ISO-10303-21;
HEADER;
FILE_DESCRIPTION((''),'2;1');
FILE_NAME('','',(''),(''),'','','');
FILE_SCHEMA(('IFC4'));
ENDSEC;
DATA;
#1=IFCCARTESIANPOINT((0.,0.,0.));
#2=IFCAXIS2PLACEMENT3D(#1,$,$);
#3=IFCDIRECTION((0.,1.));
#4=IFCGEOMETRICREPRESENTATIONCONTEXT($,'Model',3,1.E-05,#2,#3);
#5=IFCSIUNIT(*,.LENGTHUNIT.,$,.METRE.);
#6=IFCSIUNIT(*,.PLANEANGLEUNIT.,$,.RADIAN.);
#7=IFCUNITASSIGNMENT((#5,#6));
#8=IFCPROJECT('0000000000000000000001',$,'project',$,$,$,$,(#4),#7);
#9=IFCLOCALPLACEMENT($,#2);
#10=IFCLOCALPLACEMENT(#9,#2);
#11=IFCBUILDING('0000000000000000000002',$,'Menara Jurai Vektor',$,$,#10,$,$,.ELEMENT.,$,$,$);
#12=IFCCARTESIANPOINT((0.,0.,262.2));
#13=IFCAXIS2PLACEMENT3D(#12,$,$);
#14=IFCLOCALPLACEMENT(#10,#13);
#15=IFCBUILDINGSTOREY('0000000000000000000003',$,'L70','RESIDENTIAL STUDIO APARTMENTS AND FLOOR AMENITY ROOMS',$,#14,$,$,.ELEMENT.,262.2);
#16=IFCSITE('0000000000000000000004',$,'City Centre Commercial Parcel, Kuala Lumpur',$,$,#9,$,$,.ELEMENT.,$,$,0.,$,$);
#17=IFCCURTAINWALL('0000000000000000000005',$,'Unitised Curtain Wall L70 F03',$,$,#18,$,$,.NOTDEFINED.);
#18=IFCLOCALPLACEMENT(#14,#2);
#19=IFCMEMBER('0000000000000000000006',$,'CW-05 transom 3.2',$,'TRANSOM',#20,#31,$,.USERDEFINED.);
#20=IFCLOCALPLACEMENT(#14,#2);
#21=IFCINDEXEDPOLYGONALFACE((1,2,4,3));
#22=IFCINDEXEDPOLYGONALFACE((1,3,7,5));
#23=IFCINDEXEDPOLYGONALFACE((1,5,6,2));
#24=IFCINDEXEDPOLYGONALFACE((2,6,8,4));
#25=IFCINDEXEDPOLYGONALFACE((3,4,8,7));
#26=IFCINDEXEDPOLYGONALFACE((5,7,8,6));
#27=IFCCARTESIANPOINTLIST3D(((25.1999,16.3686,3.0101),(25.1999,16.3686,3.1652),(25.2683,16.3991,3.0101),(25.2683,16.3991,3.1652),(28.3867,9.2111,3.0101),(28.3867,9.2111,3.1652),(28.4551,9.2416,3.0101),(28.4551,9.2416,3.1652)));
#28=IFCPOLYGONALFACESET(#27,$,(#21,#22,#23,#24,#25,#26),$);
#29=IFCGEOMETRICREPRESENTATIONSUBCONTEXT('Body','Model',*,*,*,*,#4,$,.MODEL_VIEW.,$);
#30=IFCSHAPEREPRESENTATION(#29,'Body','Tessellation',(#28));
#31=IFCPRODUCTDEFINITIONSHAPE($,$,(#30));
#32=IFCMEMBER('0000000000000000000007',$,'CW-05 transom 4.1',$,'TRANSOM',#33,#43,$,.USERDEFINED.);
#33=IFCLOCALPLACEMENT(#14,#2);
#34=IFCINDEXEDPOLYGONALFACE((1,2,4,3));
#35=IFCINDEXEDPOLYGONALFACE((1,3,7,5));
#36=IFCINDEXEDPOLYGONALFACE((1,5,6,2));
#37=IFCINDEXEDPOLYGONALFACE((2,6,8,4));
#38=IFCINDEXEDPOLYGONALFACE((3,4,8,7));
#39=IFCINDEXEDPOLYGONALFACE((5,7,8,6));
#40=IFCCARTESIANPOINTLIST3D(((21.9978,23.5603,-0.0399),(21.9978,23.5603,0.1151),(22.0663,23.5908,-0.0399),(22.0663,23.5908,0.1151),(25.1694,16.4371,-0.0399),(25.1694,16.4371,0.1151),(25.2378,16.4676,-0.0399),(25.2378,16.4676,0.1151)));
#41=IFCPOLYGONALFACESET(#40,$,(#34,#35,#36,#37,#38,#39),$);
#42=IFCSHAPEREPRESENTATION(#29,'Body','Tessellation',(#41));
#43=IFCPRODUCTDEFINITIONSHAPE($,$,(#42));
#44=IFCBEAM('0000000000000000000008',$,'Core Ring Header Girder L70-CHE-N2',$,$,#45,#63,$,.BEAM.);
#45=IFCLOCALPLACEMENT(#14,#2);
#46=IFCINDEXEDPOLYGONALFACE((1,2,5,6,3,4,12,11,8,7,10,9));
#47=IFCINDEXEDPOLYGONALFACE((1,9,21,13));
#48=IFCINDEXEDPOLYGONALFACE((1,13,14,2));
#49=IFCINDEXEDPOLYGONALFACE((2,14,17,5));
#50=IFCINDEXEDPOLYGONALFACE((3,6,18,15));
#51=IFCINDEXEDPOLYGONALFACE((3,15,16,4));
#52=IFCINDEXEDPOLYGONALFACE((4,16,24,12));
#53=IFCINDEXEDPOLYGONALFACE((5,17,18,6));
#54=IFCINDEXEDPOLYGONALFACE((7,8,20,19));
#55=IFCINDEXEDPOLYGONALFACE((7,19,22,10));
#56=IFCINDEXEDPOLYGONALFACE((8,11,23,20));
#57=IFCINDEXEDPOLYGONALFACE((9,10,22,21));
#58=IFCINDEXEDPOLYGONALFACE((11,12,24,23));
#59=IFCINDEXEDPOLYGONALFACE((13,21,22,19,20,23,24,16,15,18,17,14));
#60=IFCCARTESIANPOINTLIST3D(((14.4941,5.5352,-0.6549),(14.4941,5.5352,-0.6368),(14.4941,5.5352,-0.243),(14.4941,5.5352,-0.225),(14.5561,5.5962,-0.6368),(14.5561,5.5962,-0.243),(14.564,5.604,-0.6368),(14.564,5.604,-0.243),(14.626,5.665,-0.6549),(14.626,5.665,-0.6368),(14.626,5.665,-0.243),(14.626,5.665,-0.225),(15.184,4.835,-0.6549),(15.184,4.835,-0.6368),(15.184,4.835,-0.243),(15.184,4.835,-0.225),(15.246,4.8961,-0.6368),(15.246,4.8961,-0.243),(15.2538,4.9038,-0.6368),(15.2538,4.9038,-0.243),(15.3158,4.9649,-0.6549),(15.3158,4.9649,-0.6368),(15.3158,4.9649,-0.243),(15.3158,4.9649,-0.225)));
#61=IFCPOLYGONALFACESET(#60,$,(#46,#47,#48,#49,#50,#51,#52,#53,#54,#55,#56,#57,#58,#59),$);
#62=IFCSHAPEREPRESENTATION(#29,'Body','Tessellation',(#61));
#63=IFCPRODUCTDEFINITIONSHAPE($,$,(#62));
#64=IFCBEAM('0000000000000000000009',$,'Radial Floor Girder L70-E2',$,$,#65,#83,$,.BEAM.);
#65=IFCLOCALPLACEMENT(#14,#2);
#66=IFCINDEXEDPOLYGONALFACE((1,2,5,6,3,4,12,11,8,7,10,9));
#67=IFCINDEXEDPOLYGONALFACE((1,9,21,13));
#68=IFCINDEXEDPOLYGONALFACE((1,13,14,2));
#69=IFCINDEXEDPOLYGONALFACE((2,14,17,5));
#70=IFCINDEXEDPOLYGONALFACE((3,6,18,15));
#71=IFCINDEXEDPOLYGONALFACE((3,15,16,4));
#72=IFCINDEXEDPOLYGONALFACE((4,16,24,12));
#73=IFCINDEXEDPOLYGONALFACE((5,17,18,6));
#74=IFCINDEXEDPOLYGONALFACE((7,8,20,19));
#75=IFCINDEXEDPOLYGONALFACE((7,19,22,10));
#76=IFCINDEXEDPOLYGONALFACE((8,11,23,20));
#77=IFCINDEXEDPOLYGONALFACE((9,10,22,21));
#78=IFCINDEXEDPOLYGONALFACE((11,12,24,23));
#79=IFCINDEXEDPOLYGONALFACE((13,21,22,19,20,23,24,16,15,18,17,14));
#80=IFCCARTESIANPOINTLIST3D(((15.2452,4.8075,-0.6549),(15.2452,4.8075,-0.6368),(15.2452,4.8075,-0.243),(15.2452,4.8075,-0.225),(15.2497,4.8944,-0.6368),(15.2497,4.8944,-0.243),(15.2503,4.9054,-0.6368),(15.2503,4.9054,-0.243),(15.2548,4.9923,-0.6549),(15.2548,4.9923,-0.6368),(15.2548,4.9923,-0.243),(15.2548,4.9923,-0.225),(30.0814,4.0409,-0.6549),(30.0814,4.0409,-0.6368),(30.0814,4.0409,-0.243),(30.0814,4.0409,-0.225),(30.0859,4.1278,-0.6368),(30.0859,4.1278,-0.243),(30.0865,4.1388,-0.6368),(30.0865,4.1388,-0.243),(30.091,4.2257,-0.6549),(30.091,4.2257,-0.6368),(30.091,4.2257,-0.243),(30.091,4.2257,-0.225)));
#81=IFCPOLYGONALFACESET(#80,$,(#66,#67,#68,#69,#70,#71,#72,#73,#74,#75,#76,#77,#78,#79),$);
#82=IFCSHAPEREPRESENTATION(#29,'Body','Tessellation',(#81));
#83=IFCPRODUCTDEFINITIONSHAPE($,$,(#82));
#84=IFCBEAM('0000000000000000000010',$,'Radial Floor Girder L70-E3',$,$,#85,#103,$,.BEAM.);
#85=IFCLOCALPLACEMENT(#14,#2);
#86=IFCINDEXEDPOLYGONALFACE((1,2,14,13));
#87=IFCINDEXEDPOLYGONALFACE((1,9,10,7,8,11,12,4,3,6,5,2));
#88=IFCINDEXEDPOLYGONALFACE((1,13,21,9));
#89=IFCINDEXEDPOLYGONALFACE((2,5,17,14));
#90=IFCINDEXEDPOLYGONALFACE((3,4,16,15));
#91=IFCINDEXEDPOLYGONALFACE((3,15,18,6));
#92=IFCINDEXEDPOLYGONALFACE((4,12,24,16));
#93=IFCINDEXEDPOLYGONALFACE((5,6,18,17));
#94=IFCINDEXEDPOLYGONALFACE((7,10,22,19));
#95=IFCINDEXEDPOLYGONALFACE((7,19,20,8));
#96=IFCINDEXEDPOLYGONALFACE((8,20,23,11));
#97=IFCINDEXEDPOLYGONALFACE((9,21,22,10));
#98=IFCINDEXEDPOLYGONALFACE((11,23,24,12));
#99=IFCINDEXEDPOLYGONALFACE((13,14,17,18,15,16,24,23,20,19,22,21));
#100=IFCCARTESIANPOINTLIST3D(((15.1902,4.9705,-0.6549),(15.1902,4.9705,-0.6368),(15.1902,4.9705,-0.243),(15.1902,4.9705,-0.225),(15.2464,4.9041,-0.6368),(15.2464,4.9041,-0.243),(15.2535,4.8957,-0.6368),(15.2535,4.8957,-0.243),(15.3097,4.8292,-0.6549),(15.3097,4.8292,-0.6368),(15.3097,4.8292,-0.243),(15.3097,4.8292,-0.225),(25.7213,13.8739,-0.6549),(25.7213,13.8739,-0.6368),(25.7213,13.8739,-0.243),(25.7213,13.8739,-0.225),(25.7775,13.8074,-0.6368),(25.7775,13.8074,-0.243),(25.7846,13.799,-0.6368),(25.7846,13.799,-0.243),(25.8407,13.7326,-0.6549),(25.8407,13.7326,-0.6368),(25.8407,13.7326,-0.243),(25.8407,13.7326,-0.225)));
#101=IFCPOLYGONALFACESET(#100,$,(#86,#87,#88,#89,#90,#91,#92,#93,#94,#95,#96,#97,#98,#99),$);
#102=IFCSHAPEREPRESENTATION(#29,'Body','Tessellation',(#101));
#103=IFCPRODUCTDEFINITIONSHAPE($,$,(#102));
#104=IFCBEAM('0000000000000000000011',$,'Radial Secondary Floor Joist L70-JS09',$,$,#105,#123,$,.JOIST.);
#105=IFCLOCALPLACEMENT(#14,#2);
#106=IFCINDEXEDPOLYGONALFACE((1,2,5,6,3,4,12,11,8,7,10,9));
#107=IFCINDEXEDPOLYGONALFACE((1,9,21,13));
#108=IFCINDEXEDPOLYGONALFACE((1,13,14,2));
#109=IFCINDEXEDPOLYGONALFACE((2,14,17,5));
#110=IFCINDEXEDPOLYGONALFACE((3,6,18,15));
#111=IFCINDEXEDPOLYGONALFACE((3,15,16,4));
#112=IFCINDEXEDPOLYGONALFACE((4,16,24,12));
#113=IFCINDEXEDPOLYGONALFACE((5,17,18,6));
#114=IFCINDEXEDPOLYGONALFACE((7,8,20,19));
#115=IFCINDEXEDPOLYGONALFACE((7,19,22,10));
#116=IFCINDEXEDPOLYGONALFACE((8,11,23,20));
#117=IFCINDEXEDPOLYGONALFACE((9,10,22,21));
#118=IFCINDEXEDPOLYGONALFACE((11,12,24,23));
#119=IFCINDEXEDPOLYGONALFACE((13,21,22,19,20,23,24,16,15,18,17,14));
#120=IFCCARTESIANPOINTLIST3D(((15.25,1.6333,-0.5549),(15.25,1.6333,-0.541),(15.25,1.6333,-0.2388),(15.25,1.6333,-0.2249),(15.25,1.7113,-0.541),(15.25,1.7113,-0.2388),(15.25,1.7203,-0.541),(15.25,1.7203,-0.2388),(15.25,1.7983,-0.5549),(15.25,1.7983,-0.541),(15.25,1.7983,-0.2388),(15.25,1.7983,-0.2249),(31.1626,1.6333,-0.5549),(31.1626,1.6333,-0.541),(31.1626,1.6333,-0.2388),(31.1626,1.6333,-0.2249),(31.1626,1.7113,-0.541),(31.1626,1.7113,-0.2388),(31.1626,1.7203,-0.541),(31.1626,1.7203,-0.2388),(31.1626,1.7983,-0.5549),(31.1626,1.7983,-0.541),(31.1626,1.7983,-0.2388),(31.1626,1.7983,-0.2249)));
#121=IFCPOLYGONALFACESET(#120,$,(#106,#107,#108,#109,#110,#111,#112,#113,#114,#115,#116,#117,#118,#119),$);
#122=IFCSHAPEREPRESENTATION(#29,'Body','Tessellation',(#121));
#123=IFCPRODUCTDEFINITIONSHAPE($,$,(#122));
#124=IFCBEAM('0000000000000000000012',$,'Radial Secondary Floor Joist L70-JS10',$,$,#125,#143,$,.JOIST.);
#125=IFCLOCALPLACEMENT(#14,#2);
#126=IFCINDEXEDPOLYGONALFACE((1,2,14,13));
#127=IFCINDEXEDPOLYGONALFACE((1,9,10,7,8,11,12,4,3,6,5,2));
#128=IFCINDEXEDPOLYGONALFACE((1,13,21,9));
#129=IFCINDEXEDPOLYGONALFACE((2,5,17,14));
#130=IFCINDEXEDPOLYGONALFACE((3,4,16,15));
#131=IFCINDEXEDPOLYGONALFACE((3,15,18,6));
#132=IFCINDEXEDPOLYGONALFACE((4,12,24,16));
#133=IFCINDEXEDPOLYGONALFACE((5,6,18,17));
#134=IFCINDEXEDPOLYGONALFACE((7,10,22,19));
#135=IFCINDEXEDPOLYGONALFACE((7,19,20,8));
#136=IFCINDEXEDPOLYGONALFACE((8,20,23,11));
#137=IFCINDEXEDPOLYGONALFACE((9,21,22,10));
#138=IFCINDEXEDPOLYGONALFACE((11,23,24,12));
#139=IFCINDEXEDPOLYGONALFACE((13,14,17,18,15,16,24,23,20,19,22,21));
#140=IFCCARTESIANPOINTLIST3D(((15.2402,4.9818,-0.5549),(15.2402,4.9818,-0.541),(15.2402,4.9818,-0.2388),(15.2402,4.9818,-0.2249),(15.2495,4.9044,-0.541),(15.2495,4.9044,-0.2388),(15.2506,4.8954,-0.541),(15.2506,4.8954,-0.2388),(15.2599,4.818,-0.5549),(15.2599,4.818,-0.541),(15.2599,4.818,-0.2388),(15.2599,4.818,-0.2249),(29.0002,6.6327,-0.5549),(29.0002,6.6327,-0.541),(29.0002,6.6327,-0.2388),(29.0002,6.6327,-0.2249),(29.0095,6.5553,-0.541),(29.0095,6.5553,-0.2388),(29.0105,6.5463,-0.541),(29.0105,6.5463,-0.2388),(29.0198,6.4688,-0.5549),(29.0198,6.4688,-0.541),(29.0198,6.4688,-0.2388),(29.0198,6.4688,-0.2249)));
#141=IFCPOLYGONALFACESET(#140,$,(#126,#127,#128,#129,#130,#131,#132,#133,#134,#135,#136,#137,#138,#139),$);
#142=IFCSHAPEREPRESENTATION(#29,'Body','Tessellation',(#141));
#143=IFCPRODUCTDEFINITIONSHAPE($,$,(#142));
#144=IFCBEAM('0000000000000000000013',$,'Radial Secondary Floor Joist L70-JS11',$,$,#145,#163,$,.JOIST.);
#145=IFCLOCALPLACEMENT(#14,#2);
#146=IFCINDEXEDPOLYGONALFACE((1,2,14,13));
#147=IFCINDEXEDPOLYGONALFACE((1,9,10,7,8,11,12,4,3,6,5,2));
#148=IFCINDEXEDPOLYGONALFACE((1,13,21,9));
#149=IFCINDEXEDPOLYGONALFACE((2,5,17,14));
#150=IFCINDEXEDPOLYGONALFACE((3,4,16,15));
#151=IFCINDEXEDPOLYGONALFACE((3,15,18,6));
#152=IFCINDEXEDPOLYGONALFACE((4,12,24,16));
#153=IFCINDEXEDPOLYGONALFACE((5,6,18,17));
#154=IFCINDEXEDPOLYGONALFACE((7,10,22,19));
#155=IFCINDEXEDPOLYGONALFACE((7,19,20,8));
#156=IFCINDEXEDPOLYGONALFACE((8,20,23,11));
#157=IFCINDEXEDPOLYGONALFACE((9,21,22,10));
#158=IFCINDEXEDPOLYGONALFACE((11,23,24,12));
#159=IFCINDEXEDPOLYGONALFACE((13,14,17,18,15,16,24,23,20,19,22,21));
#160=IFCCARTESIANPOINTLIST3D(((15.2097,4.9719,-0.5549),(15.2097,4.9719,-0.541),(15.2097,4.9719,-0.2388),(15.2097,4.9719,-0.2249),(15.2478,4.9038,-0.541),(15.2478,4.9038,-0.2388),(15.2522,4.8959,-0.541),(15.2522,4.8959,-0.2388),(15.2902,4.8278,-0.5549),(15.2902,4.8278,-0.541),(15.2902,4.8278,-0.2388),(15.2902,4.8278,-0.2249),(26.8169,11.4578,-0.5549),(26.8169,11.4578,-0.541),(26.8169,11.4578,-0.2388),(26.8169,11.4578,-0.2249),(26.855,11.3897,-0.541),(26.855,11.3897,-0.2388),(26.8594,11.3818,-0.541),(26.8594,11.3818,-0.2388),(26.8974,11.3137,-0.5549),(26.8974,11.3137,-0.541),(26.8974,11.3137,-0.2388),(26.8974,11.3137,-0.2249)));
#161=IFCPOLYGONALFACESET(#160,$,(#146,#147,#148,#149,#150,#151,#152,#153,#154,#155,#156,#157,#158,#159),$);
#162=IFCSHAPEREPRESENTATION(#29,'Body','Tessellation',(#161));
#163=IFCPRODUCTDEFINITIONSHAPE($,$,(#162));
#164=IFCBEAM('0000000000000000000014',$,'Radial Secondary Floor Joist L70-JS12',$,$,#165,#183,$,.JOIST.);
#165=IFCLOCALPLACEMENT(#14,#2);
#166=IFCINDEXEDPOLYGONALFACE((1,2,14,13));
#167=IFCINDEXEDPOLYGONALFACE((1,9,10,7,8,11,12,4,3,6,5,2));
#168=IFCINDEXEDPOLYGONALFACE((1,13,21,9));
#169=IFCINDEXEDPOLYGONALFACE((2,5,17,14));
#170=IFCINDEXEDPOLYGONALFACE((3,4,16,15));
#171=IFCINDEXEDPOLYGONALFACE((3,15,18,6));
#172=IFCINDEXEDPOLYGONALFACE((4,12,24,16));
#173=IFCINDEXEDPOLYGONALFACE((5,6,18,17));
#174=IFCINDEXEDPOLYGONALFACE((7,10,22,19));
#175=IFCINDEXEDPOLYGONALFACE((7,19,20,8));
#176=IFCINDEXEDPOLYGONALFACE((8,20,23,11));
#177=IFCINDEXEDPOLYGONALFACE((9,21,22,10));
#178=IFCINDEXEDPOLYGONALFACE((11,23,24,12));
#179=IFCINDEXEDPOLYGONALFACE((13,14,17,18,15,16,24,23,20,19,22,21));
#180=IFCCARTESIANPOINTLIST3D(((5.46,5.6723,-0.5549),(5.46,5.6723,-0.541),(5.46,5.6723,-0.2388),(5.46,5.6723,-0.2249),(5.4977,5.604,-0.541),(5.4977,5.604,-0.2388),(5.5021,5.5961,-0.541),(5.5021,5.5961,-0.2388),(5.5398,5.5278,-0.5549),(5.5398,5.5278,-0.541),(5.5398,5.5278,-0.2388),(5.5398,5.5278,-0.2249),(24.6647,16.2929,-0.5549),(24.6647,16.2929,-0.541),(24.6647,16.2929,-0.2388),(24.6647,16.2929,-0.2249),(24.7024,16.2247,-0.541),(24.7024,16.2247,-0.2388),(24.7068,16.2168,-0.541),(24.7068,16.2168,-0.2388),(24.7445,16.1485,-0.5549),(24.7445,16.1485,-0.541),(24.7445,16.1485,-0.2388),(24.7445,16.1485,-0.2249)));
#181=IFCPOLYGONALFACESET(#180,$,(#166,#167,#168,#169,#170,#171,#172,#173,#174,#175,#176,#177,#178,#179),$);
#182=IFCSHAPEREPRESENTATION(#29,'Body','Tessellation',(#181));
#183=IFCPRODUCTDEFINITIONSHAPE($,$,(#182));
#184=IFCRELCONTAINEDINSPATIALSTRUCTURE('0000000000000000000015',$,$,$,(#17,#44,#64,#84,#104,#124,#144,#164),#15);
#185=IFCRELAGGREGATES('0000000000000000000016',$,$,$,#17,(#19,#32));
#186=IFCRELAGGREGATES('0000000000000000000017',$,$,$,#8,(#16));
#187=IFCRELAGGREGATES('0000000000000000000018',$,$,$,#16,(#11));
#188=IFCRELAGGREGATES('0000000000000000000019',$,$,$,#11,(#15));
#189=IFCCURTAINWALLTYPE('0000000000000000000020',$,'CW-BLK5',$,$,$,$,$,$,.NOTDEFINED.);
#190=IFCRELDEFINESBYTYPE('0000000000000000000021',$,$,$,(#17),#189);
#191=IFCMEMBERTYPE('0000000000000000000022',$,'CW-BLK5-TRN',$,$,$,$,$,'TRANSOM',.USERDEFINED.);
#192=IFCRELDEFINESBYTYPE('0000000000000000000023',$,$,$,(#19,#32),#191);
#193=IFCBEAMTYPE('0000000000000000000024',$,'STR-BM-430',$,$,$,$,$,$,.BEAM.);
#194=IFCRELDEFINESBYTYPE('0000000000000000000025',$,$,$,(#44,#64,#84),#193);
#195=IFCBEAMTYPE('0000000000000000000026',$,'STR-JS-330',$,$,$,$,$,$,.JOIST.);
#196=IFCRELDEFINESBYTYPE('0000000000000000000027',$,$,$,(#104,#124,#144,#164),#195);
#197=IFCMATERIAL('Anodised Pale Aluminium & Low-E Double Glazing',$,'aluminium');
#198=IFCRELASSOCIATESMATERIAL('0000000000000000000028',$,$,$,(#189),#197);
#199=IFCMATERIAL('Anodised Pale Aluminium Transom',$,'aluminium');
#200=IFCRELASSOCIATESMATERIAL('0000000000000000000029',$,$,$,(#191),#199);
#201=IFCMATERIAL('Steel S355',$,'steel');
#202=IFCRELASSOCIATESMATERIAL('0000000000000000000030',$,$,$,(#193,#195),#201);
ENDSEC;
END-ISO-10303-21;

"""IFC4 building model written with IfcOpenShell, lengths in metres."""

from ifc_helpers import new_model, si_unit, direction, frame, origin, origin_2d, place, context, subcontext, project, spatial, rectangle, i_section, extrude, material, material_profile, profile_set, type_object, element, aggregate, save


model = new_model("IFC4")

# Units and contexts
model_context = context("Model", 3, precision=1e-05, world=origin(), true_north=direction((0.0, 1.0)))
body_context = subcontext(model_context, "Body", "Model", "MODEL_VIEW")
ifc_project = project(units=[si_unit("LENGTHUNIT", "METRE"), si_unit("PLANEANGLEUNIT", "RADIAN")], contexts=[model_context])

# Site, building, storey
site_placement = place(None, origin())
site = spatial("IfcSite", under=ifc_project, at=site_placement, Name="City Centre Commercial Parcel, Kuala Lumpur", CompositionType="ELEMENT", RefElevation=0.0)
building_placement = place(site_placement, origin())
building = spatial("IfcBuilding", under=site, at=building_placement, Name="Menara Jurai Vektor", CompositionType="ELEMENT")
storey_placement = place(building_placement, frame((0.0, 0.0, 262.2)))
storey = spatial("IfcBuildingStorey", under=building, at=storey_placement, Name="L70", Description="RESIDENTIAL STUDIO APARTMENTS AND FLOOR AMENITY ROOMS", CompositionType="ELEMENT", Elevation=262.2)

# Curtain wall, members
ifc_material_1 = material(Name="Anodised Pale Aluminium & Low-E Double Glazing", Category="aluminium")
curtain_wall_type = type_object("IfcCurtainWallType", Name="CW-BLK5", PredefinedType="NOTDEFINED", material=ifc_material_1)
curtain_wall_placement = place(storey_placement, origin())
curtain_wall = element("IfcCurtainWall", 1, at=curtain_wall_placement, inside=storey, type_object=curtain_wall_type, Name="Unitised Curtain Wall L70 F03", PredefinedType="NOTDEFINED")
ifc_material_2 = material(Name="Anodised Pale Aluminium Transom", Category="aluminium")
ifc_material_profile_1 = material_profile(ifc_material_2, rectangle(XDim=0.075, YDim=0.155, at=origin_2d()), Name="ALU TRN 75x155")
ifc_profile_set_1 = profile_set([ifc_material_profile_1], Name="Anodised Pale Aluminium Transom")
member_type_1 = type_object("IfcMemberType", Name="CW-BLK5-TRN", ElementType="TRANSOM", PredefinedType="USERDEFINED", material=ifc_profile_set_1)
member_1_placement = place(storey_placement, frame((28.4209, 9.2263, 3.0876), z_axis=(-0.406743, 0.913543, 0.0), x_axis=(-0.913543, -0.406743, 0.0)))
member_1 = element("IfcMember", 2, at=member_1_placement, type_object=member_type_1, Name="CW-05 transom 3.2", ObjectType="TRANSOM", PredefinedType="USERDEFINED", context=body_context, shape_type="SweptSolid", body=[
    extrude(rectangle(XDim=0.075, YDim=0.155, at=origin_2d()), origin(), (0.0, 0.0, 1.0), 7.835),
])
member_2_placement = place(storey_placement, frame((25.2036, 16.4524, 0.0376), z_axis=(-0.406751, 0.913539, 0.0), x_axis=(-0.913539, -0.406751, 0.0)))
member_2 = element("IfcMember", 3, at=member_2_placement, type_object=member_type_1, Name="CW-05 transom 4.1", ObjectType="TRANSOM", PredefinedType="USERDEFINED", context=body_context, shape_type="SweptSolid", body=[
    extrude(rectangle(XDim=0.075, YDim=0.155, at=origin_2d()), origin(), (0.0, 0.0, 1.0), 7.7974),
])

# Beams
ifc_material_3 = material(Name="Steel S355", Category="steel")
ifc_material_profile_2 = material_profile(ifc_material_3, i_section(OverallWidth=0.1851, OverallDepth=0.4299, WebThickness=0.011, FlangeThickness=0.0181, at=origin_2d()), Name="PG 430x185x76")
ifc_profile_set_2 = profile_set([ifc_material_profile_2], Name="Steel S355")
beam_type_1 = type_object("IfcBeamType", Name="STR-BM-430", PredefinedType="BEAM", material=ifc_profile_set_2)
beam_1_placement = place(storey_placement, frame((14.5601, 5.6001, -0.4399), z_axis=(0.701872, -0.712303, 0.0), x_axis=(0.712303, 0.701872, 0.0)))
element("IfcBeam", 4, at=beam_1_placement, inside=storey, type_object=beam_type_1, Name="Core Ring Header Girder L70-CHE-N2", PredefinedType="BEAM", context=body_context, shape_type="SweptSolid", body=[
    extrude(i_section(OverallWidth=0.1851, OverallDepth=0.4299, WebThickness=0.011, FlangeThickness=0.0181, at=origin_2d()), origin(), (0.0, 0.0, 1.0), 0.9829),
])
beam_2_placement = place(storey_placement, frame((30.0862, 4.1333, -0.4399), z_axis=(-0.998668, 0.051602, 0.0), x_axis=(-0.051602, -0.998668, 0.0)))
element("IfcBeam", 5, at=beam_2_placement, inside=storey, type_object=beam_type_1, Name="Radial Floor Girder L70-E2", PredefinedType="BEAM", context=body_context, shape_type="SweptSolid", body=[
    extrude(i_section(OverallWidth=0.1851, OverallDepth=0.4299, WebThickness=0.011, FlangeThickness=0.0181, at=origin_2d()), origin(), (0.0, 0.0, 1.0), 14.856),
])
beam_3_placement = place(storey_placement, frame((25.781, 13.8032, -0.4399), z_axis=(-0.763656, -0.645624, 0.0), x_axis=(0.645624, -0.763656, 0.0)))
element("IfcBeam", 6, at=beam_3_placement, inside=storey, type_object=beam_type_1, Name="Radial Floor Girder L70-E3", PredefinedType="BEAM", context=body_context, shape_type="SweptSolid", body=[
    extrude(i_section(OverallWidth=0.1851, OverallDepth=0.4299, WebThickness=0.011, FlangeThickness=0.0181, at=origin_2d()), origin(), (0.0, 0.0, 1.0), 13.7903),
])
ifc_material_profile_3 = material_profile(ifc_material_3, i_section(OverallWidth=0.165, OverallDepth=0.3301, WebThickness=0.009, FlangeThickness=0.0139, at=origin_2d()), Name="PG 330x165x46")
ifc_profile_set_3 = profile_set([ifc_material_profile_3], Name="Steel S355")
beam_type_2 = type_object("IfcBeamType", Name="STR-JS-330", PredefinedType="JOIST", material=ifc_profile_set_3)
beam_4_placement = place(storey_placement, frame((31.1626, 1.7158, -0.3899), z_axis=(-1.0, 0.0, 0.0), x_axis=(0.0, -1.0, 0.0)))
element("IfcBeam", 7, at=beam_4_placement, inside=storey, type_object=beam_type_2, Name="Radial Secondary Floor Joist L70-JS09", PredefinedType="JOIST", context=body_context, shape_type="SweptSolid", body=[
    extrude(i_section(OverallWidth=0.165, OverallDepth=0.3301, WebThickness=0.009, FlangeThickness=0.0139, at=origin_2d()), origin(), (0.0, 0.0, 1.0), 15.9126),
])
beam_5_placement = place(storey_placement, frame((29.01, 6.5508, -0.3899), z_axis=(-0.99288, -0.119122, 0.0), x_axis=(0.119122, -0.99288, 0.0)))
element("IfcBeam", 8, at=beam_5_placement, inside=storey, type_object=beam_type_2, Name="Radial Secondary Floor Joist L70-JS10", PredefinedType="JOIST", context=body_context, shape_type="SweptSolid", body=[
    extrude(i_section(OverallWidth=0.165, OverallDepth=0.3301, WebThickness=0.009, FlangeThickness=0.0139, at=origin_2d()), origin(), (0.0, 0.0, 1.0), 13.8586),
])
beam_6_placement = place(storey_placement, frame((26.8572, 11.3857, -0.3899), z_axis=(-0.87296, -0.487791, 0.0), x_axis=(0.487791, -0.87296, 0.0)))
element("IfcBeam", 9, at=beam_6_placement, inside=storey, type_object=beam_type_2, Name="Radial Secondary Floor Joist L70-JS11", PredefinedType="JOIST", context=body_context, shape_type="SweptSolid", body=[
    extrude(i_section(OverallWidth=0.165, OverallDepth=0.3301, WebThickness=0.009, FlangeThickness=0.0139, at=origin_2d()), origin(), (0.0, 0.0, 1.0), 13.2964),
])
beam_7_placement = place(storey_placement, frame((24.7046, 16.2207, -0.3899), z_axis=(-0.875096, -0.483949, 0.0), x_axis=(0.483949, -0.875096, 0.0)))
element("IfcBeam", 10, at=beam_7_placement, inside=storey, type_object=beam_type_2, Name="Radial Secondary Floor Joist L70-JS12", PredefinedType="JOIST", context=body_context, shape_type="SweptSolid", body=[
    extrude(i_section(OverallWidth=0.165, OverallDepth=0.3301, WebThickness=0.009, FlangeThickness=0.0139, at=origin_2d()), origin(), (0.0, 0.0, 1.0), 21.9458),
])

aggregate(curtain_wall, [member_1, member_2])

save(model, "model.ifc")
